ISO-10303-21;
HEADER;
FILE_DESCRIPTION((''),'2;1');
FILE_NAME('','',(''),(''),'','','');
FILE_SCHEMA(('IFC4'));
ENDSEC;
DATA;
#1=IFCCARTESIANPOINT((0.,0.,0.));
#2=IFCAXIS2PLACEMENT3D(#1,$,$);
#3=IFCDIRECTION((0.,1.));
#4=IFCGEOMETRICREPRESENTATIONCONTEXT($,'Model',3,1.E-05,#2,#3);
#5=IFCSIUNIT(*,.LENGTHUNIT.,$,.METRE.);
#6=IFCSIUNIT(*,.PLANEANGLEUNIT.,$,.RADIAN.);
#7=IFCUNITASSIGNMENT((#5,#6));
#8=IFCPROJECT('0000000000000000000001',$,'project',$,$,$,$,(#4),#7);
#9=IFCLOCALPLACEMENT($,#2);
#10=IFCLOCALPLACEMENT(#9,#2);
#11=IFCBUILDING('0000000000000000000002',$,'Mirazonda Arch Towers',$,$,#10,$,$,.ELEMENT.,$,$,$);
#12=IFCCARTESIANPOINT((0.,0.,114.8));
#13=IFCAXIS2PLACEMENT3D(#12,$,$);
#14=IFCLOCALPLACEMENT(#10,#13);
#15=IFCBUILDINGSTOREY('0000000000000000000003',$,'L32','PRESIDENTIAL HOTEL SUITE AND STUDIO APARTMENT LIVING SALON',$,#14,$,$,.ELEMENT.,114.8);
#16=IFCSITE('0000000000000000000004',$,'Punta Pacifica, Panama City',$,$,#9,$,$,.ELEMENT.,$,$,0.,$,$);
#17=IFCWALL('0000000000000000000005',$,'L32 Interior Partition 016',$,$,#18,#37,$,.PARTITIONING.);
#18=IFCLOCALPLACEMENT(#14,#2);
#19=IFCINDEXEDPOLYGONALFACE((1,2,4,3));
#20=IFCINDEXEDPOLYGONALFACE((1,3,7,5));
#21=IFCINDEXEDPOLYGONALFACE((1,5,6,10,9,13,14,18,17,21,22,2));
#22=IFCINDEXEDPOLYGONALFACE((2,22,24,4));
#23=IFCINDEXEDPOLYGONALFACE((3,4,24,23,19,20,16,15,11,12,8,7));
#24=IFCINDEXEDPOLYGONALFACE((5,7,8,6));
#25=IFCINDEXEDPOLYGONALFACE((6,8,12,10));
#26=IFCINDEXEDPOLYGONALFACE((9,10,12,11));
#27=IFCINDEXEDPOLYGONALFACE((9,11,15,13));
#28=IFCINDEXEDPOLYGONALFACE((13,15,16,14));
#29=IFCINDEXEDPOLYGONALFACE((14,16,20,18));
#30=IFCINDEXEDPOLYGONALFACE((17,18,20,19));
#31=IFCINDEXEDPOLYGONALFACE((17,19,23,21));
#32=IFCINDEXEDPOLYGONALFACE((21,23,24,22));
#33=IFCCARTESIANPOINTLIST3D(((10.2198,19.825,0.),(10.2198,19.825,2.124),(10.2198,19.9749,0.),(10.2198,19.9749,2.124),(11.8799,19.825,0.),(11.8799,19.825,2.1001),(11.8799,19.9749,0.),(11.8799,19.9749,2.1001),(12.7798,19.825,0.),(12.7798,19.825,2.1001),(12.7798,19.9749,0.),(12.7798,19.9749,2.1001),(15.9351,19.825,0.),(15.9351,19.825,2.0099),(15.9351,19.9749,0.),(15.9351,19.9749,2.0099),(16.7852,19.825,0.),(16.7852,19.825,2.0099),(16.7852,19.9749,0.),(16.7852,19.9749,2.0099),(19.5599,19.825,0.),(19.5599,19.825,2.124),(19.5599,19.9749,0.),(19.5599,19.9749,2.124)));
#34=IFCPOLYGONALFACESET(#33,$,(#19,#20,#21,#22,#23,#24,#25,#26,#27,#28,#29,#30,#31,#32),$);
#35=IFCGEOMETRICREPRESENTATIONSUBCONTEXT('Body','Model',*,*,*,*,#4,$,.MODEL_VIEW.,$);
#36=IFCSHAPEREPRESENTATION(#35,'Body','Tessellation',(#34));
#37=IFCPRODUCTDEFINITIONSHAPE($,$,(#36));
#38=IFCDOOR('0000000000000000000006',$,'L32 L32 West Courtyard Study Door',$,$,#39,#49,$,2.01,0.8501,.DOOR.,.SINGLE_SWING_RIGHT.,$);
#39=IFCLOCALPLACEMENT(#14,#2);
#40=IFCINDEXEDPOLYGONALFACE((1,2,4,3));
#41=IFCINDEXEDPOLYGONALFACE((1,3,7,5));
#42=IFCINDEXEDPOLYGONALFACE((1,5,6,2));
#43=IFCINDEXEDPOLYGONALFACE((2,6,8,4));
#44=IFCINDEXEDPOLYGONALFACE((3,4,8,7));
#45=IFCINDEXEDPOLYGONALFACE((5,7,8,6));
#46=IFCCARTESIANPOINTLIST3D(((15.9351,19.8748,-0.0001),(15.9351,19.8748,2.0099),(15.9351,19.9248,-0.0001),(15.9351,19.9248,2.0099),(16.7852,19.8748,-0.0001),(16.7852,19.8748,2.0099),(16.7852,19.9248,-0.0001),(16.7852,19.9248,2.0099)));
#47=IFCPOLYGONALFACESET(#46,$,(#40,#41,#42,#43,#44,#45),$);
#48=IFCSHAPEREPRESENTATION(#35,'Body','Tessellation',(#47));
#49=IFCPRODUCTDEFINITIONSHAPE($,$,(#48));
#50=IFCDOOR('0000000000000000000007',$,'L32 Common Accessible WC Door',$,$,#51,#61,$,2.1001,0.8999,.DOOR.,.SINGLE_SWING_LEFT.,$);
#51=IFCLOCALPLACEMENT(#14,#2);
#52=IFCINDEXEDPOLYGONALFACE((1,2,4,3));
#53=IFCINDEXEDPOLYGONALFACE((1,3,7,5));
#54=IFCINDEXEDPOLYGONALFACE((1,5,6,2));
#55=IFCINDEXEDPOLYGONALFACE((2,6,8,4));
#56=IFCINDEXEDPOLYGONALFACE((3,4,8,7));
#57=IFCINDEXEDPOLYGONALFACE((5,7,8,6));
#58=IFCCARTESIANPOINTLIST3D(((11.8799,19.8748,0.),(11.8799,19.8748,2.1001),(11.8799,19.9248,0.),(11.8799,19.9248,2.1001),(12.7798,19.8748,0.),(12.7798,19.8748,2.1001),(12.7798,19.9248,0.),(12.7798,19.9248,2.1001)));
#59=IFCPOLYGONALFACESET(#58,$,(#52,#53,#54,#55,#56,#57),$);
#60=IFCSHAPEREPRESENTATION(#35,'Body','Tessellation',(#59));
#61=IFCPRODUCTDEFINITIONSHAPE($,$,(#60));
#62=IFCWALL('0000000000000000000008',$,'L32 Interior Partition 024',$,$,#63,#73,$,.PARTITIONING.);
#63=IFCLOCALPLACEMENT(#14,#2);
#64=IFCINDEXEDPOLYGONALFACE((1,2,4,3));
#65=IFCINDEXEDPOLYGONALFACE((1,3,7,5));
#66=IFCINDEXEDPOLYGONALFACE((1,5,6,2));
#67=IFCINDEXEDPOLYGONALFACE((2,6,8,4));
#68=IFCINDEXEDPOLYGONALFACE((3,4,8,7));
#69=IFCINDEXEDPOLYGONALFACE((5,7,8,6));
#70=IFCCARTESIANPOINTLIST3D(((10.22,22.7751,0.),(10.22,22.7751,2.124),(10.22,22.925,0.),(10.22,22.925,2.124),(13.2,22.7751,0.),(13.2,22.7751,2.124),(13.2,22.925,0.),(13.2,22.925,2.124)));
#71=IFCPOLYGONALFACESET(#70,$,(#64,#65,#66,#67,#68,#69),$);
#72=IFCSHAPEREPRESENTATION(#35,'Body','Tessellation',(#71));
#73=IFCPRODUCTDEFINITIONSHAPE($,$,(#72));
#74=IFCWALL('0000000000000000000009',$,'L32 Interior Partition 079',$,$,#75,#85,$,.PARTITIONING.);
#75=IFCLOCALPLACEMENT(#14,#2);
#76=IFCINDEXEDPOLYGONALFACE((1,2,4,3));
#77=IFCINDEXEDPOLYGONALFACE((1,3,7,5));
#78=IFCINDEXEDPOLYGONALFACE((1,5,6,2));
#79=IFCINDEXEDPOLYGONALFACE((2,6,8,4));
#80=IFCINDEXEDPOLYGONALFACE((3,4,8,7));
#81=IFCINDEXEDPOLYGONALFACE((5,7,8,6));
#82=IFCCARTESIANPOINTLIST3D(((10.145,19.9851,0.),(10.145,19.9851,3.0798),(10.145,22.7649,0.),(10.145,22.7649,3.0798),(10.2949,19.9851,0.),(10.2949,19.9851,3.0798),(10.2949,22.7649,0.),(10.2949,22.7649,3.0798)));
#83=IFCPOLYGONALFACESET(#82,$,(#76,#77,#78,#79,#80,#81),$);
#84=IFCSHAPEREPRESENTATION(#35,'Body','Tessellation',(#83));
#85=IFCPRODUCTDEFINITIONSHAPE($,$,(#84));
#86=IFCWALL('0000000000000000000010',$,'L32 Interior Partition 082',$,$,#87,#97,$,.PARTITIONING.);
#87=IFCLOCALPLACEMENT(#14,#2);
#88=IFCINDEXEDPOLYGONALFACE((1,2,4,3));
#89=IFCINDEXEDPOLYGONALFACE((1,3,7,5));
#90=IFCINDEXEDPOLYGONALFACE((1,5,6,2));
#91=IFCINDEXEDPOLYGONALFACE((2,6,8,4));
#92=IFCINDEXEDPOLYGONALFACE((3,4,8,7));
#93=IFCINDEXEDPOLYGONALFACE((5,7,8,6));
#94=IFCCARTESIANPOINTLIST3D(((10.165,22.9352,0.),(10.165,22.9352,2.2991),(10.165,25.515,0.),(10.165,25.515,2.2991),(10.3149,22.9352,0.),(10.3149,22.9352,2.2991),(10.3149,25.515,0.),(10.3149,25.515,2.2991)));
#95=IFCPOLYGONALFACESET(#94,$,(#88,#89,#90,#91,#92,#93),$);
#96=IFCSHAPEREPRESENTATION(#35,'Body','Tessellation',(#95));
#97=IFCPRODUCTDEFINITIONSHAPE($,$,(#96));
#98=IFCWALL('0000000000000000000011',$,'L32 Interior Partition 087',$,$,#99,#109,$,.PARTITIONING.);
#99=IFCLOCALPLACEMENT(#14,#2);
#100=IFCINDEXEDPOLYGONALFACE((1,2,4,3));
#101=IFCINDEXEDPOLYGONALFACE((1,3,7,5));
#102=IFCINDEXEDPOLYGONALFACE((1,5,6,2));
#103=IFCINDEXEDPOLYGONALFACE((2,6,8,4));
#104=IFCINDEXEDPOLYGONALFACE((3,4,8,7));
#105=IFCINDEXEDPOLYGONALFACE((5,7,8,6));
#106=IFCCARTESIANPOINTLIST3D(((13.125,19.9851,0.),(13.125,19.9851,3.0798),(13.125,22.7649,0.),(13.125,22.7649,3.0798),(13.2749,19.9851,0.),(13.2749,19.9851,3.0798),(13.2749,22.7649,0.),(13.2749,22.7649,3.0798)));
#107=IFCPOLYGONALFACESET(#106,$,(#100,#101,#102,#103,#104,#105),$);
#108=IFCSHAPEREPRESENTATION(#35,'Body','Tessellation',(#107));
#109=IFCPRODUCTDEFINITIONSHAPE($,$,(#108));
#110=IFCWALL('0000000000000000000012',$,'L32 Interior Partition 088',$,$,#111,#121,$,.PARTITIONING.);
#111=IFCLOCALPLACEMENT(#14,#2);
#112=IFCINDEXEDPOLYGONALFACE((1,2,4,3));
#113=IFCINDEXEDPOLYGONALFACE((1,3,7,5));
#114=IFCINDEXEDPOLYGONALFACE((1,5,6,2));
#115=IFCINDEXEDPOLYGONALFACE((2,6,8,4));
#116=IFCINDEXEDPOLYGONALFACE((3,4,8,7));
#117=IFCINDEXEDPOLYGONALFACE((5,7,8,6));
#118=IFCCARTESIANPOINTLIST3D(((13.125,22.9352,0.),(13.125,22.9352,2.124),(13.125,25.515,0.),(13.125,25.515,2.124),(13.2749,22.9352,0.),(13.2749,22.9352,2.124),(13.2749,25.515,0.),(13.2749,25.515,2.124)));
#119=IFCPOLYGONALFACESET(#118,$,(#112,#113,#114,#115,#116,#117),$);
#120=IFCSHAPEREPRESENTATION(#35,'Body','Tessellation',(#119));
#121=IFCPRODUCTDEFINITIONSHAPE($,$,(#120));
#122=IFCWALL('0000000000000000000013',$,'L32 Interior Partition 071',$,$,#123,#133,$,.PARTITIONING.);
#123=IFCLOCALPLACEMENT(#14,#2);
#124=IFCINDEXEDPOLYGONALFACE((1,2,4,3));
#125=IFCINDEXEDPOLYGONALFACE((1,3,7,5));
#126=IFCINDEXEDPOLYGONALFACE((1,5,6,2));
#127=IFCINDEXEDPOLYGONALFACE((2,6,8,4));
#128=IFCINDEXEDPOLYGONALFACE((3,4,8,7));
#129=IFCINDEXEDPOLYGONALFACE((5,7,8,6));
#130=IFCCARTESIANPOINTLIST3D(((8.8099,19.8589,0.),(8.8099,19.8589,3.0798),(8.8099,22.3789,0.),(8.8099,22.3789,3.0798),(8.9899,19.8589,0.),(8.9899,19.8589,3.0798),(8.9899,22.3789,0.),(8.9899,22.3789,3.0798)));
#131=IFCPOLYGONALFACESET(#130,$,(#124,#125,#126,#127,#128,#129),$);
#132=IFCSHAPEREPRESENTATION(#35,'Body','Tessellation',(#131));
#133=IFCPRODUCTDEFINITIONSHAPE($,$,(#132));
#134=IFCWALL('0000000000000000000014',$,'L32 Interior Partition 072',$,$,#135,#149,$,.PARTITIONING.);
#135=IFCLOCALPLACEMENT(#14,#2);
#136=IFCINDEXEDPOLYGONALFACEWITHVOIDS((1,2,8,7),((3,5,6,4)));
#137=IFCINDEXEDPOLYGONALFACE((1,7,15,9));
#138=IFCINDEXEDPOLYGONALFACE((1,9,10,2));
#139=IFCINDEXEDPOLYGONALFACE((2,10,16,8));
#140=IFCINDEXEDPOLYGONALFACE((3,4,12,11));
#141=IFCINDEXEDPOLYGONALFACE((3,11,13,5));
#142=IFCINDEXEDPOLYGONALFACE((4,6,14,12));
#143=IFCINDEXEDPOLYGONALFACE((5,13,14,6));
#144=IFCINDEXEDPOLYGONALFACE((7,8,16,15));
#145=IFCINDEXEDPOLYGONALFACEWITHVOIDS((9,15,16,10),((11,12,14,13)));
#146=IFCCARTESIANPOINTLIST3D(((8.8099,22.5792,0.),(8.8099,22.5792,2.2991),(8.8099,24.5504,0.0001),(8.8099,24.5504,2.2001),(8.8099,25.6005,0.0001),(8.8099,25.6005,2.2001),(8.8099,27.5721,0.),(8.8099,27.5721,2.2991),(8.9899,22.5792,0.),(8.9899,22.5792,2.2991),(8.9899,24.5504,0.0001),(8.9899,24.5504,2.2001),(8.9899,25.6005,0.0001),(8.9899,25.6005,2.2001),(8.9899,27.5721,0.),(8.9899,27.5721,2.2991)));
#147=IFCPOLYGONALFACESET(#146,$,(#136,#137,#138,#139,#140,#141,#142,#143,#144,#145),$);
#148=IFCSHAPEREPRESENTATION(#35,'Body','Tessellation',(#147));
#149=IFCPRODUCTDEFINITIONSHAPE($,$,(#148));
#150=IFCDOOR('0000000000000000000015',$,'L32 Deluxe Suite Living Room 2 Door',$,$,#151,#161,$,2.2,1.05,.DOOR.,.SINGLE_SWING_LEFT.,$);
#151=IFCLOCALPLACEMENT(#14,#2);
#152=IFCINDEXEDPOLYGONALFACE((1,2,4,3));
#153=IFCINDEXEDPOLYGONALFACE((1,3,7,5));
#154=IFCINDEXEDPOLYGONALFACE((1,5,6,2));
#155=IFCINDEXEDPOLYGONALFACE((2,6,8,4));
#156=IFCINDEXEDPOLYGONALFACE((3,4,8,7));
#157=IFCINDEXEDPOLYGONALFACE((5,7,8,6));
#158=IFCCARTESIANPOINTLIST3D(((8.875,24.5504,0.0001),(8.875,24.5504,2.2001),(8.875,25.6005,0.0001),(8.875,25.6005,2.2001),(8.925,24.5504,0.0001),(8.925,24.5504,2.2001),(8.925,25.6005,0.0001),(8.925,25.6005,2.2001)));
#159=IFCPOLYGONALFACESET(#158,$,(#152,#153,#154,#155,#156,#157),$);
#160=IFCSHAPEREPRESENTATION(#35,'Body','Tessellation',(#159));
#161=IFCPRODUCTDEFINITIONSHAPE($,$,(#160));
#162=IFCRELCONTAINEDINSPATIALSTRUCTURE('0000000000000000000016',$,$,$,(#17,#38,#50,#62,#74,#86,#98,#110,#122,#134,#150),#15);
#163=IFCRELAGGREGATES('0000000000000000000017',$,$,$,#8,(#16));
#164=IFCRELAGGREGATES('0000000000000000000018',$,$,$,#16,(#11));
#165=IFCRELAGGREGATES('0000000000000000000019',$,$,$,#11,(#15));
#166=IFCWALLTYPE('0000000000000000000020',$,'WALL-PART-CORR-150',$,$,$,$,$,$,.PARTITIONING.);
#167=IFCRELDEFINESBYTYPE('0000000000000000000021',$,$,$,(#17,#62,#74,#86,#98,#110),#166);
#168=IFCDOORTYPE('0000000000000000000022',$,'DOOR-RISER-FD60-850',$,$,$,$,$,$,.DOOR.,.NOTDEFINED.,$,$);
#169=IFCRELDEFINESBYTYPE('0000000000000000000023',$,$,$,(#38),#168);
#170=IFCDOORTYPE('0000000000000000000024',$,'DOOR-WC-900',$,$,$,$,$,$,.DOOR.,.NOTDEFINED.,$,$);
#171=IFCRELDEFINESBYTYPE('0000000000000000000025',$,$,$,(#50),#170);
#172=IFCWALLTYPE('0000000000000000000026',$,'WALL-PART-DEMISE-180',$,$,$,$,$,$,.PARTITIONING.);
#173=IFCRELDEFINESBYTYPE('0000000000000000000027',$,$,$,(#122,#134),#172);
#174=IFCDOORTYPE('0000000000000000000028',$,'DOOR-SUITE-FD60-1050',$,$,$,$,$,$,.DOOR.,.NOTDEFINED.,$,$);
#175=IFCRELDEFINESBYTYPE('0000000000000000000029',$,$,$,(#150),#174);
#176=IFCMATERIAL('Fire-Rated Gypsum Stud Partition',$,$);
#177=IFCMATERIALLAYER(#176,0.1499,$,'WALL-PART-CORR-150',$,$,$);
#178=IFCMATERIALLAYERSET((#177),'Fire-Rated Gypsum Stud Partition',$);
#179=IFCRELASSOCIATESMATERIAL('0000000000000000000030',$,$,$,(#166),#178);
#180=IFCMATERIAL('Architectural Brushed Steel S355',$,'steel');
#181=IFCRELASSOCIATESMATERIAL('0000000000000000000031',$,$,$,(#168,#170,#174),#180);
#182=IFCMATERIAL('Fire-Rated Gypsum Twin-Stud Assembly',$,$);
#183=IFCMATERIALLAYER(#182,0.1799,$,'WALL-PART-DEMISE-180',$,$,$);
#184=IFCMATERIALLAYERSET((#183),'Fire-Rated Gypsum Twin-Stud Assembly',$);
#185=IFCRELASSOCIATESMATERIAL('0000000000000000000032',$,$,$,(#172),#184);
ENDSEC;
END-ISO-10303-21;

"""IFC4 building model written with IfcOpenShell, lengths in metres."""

from ifc_helpers import new_model, si_unit, direction, frame, frame_2d, origin, place, context, subcontext, project, spatial, rectangle, extrude, material, layer, layer_set, type_object, element, fill, save


model = new_model("IFC4")

# Units and contexts
model_context = context("Model", 3, precision=1e-05, world=origin(), true_north=direction((0.0, 1.0)))
body_context = subcontext(model_context, "Body", "Model", "MODEL_VIEW")
ifc_project = project(units=[si_unit("LENGTHUNIT", "METRE"), si_unit("PLANEANGLEUNIT", "RADIAN")], contexts=[model_context])

# Site, building, storey
site_placement = place(None, origin())
site = spatial("IfcSite", under=ifc_project, at=site_placement, Name="Punta Pacifica, Panama City", CompositionType="ELEMENT", RefElevation=0.0)
building_placement = place(site_placement, origin())
building = spatial("IfcBuilding", under=site, at=building_placement, Name="Mirazonda Arch Towers", CompositionType="ELEMENT")
storey_placement = place(building_placement, frame((0.0, 0.0, 114.8)))
storey = spatial("IfcBuildingStorey", under=building, at=storey_placement, Name="L32", Description="PRESIDENTIAL HOTEL SUITE AND STUDIO APARTMENT LIVING SALON", CompositionType="ELEMENT", Elevation=114.8)

# Shared definitions
ifc_material_1 = material(Name="Architectural Brushed Steel S355", Category="steel")

# Shared definitions
ifc_material_2 = material(Name="Fire-Rated Gypsum Stud Partition")
ifc_layer_1 = layer(ifc_material_2, 0.1499, Name="WALL-PART-CORR-150")
ifc_layer_set_1 = layer_set([ifc_layer_1], Name="Fire-Rated Gypsum Stud Partition")
wall_type_1 = type_object("IfcWallType", Name="WALL-PART-CORR-150", PredefinedType="PARTITIONING", material=ifc_layer_set_1)

# Wall, openings, doors
wall_1_placement = place(storey_placement, frame((10.22, 19.8999, 0.0), z_axis=(0.0, 0.0, 1.0), x_axis=(1.0, 0.0, 0.0)))
wall_1 = element("IfcWall", 1, at=wall_1_placement, inside=storey, type_object=wall_type_1, Name="L32 Interior Partition 016", PredefinedType="PARTITIONING", context=body_context, shape_type="SweptSolid", body=[
    extrude(rectangle(XDim=9.3401, YDim=0.1499, at=frame_2d((4.6699, 0.0))), origin(), (0.0, 0.0, 1.0), 2.124),
])
opening_1_placement = place(wall_1_placement, frame((1.6599, 0.0, 0.0)))
opening_1 = element("IfcOpeningElement", 2, at=opening_1_placement, cuts=wall_1, PredefinedType="OPENING", context=body_context, shape_type="SweptSolid", body=[
    extrude(rectangle(XDim=0.8999, YDim=2.1001, at=frame_2d((0.45, 1.05))), frame((0.0, 0.085, 0.0), z_axis=(0.0, -1.0, 0.0), x_axis=(1.0, 0.0, 0.0)), (0.0, 0.0, 1.0), 0.1699),
])
opening_2_placement = place(wall_1_placement, frame((5.7151, 0.0, 0.0)))
opening_2 = element("IfcOpeningElement", 3, at=opening_2_placement, cuts=wall_1, PredefinedType="OPENING", context=body_context, shape_type="SweptSolid", body=[
    extrude(rectangle(XDim=0.8501, YDim=2.01, at=frame_2d((0.425, 1.0049))), frame((0.0, 0.085, 0.0), z_axis=(0.0, -1.0, 0.0), x_axis=(1.0, 0.0, 0.0)), (0.0, 0.0, 1.0), 0.1699),
])
door_type_1 = type_object("IfcDoorType", Name="DOOR-RISER-FD60-850", OperationType="NOTDEFINED", PredefinedType="DOOR", material=ifc_material_1)
door_1_placement = place(opening_2_placement, origin())
door_1 = element("IfcDoor", 4, at=door_1_placement, inside=storey, type_object=door_type_1, Name="L32 L32 West Courtyard Study Door", OperationType="SINGLE_SWING_RIGHT", OverallHeight=2.01, OverallWidth=0.8501, PredefinedType="DOOR", context=body_context, shape_type="SweptSolid", body=[
    extrude(rectangle(XDim=0.8501, YDim=2.01, at=frame_2d((0.425, 1.0049))), frame((0.0, 0.0249, 0.0), z_axis=(0.0, -1.0, 0.0), x_axis=(1.0, 0.0, 0.0)), (0.0, 0.0, 1.0), 0.05),
])
fill(opening_2, door_1)
door_type_2 = type_object("IfcDoorType", Name="DOOR-WC-900", OperationType="NOTDEFINED", PredefinedType="DOOR", material=ifc_material_1)
door_2_placement = place(opening_1_placement, origin())
door_2 = element("IfcDoor", 5, at=door_2_placement, inside=storey, type_object=door_type_2, Name="L32 Common Accessible WC Door", OperationType="SINGLE_SWING_LEFT", OverallHeight=2.1001, OverallWidth=0.8999, PredefinedType="DOOR", context=body_context, shape_type="SweptSolid", body=[
    extrude(rectangle(XDim=0.8999, YDim=2.1001, at=frame_2d((0.45, 1.05))), frame((0.0, 0.0249, 0.0), z_axis=(0.0, -1.0, 0.0), x_axis=(1.0, 0.0, 0.0)), (0.0, 0.0, 1.0), 0.05),
])
fill(opening_1, door_2)

# Walls
wall_2_placement = place(storey_placement, frame((10.22, 22.8501, 0.0), z_axis=(0.0, 0.0, 1.0), x_axis=(1.0, 0.0, 0.0)))
element("IfcWall", 6, at=wall_2_placement, inside=storey, type_object=wall_type_1, Name="L32 Interior Partition 024", PredefinedType="PARTITIONING", context=body_context, shape_type="SweptSolid", body=[
    extrude(rectangle(XDim=2.98, YDim=0.1499, at=frame_2d((1.49, 0.0))), origin(), (0.0, 0.0, 1.0), 2.124),
])
wall_3_placement = place(storey_placement, frame((10.22, 19.9851, 0.0), z_axis=(0.0, 0.0, 1.0), x_axis=(0.0, 1.0, 0.0)))
element("IfcWall", 7, at=wall_3_placement, inside=storey, type_object=wall_type_1, Name="L32 Interior Partition 079", PredefinedType="PARTITIONING", context=body_context, shape_type="SweptSolid", body=[
    extrude(rectangle(XDim=2.7798, YDim=0.1499, at=frame_2d((1.3899, 0.0))), origin(), (0.0, 0.0, 1.0), 3.0798),
])
wall_4_placement = place(storey_placement, frame((10.24, 22.9351, 0.0), z_axis=(0.0, 0.0, 1.0), x_axis=(0.0, 1.0, 0.0)))
element("IfcWall", 8, at=wall_4_placement, inside=storey, type_object=wall_type_1, Name="L32 Interior Partition 082", PredefinedType="PARTITIONING", context=body_context, shape_type="SweptSolid", body=[
    extrude(rectangle(XDim=2.5798, YDim=0.1499, at=frame_2d((1.29, 0.0))), origin(), (0.0, 0.0, 1.0), 2.2991),
])
wall_5_placement = place(storey_placement, frame((13.2, 19.9851, 0.0), z_axis=(0.0, 0.0, 1.0), x_axis=(0.0, 1.0, 0.0)))
element("IfcWall", 9, at=wall_5_placement, inside=storey, type_object=wall_type_1, Name="L32 Interior Partition 087", PredefinedType="PARTITIONING", context=body_context, shape_type="SweptSolid", body=[
    extrude(rectangle(XDim=2.7798, YDim=0.1499, at=frame_2d((1.3899, 0.0))), origin(), (0.0, 0.0, 1.0), 3.0798),
])
wall_6_placement = place(storey_placement, frame((13.2, 22.9351, 0.0), z_axis=(0.0, 0.0, 1.0), x_axis=(0.0, 1.0, 0.0)))
element("IfcWall", 10, at=wall_6_placement, inside=storey, type_object=wall_type_1, Name="L32 Interior Partition 088", PredefinedType="PARTITIONING", context=body_context, shape_type="SweptSolid", body=[
    extrude(rectangle(XDim=2.5798, YDim=0.1499, at=frame_2d((1.29, 0.0))), origin(), (0.0, 0.0, 1.0), 2.124),
])
ifc_material_3 = material(Name="Fire-Rated Gypsum Twin-Stud Assembly")
ifc_layer_2 = layer(ifc_material_3, 0.1799, Name="WALL-PART-DEMISE-180")
ifc_layer_set_2 = layer_set([ifc_layer_2], Name="Fire-Rated Gypsum Twin-Stud Assembly")
wall_type_2 = type_object("IfcWallType", Name="WALL-PART-DEMISE-180", PredefinedType="PARTITIONING", material=ifc_layer_set_2)
wall_7_placement = place(storey_placement, frame((8.8999, 19.8589, 0.0), z_axis=(0.0, 0.0, 1.0), x_axis=(0.0, 1.0, 0.0)))
element("IfcWall", 11, at=wall_7_placement, inside=storey, type_object=wall_type_2, Name="L32 Interior Partition 071", PredefinedType="PARTITIONING", context=body_context, shape_type="SweptSolid", body=[
    extrude(rectangle(XDim=2.52, YDim=0.1799, at=frame_2d((1.26, 0.0))), origin(), (0.0, 0.0, 1.0), 3.0798),
])

# Wall, opening, door
wall_8_placement = place(storey_placement, frame((8.8999, 22.5791, 0.0), z_axis=(0.0, 0.0, 1.0), x_axis=(0.0, 1.0, 0.0)))
wall_8 = element("IfcWall", 12, at=wall_8_placement, inside=storey, type_object=wall_type_2, Name="L32 Interior Partition 072", PredefinedType="PARTITIONING", context=body_context, shape_type="SweptSolid", body=[
    extrude(rectangle(XDim=4.9929, YDim=0.1799, at=frame_2d((2.4966, 0.0))), origin(), (0.0, 0.0, 1.0), 2.2991),
])
opening_3_placement = place(wall_8_placement, frame((1.9714, 0.0, 0.0)))
opening_3 = element("IfcOpeningElement", 13, at=opening_3_placement, cuts=wall_8, PredefinedType="OPENING", context=body_context, shape_type="SweptSolid", body=[
    extrude(rectangle(XDim=1.05, YDim=2.2, at=frame_2d((0.5249, 1.1001))), frame((0.0, 0.0999, 0.0), z_axis=(0.0, -1.0, 0.0), x_axis=(1.0, 0.0, 0.0)), (0.0, 0.0, 1.0), 0.2),
])
door_type_3 = type_object("IfcDoorType", Name="DOOR-SUITE-FD60-1050", OperationType="NOTDEFINED", PredefinedType="DOOR", material=ifc_material_1)
door_3_placement = place(opening_3_placement, origin())
door_3 = element("IfcDoor", 14, at=door_3_placement, inside=storey, type_object=door_type_3, Name="L32 Deluxe Suite Living Room 2 Door", OperationType="SINGLE_SWING_LEFT", OverallHeight=2.2, OverallWidth=1.05, PredefinedType="DOOR", context=body_context, shape_type="SweptSolid", body=[
    extrude(rectangle(XDim=1.05, YDim=2.2, at=frame_2d((0.5249, 1.1001))), frame((0.0, 0.0249, 0.0), z_axis=(0.0, -1.0, 0.0), x_axis=(1.0, 0.0, 0.0)), (0.0, 0.0, 1.0), 0.05),
])
fill(opening_3, door_3)

save(model, "model.ifc")
